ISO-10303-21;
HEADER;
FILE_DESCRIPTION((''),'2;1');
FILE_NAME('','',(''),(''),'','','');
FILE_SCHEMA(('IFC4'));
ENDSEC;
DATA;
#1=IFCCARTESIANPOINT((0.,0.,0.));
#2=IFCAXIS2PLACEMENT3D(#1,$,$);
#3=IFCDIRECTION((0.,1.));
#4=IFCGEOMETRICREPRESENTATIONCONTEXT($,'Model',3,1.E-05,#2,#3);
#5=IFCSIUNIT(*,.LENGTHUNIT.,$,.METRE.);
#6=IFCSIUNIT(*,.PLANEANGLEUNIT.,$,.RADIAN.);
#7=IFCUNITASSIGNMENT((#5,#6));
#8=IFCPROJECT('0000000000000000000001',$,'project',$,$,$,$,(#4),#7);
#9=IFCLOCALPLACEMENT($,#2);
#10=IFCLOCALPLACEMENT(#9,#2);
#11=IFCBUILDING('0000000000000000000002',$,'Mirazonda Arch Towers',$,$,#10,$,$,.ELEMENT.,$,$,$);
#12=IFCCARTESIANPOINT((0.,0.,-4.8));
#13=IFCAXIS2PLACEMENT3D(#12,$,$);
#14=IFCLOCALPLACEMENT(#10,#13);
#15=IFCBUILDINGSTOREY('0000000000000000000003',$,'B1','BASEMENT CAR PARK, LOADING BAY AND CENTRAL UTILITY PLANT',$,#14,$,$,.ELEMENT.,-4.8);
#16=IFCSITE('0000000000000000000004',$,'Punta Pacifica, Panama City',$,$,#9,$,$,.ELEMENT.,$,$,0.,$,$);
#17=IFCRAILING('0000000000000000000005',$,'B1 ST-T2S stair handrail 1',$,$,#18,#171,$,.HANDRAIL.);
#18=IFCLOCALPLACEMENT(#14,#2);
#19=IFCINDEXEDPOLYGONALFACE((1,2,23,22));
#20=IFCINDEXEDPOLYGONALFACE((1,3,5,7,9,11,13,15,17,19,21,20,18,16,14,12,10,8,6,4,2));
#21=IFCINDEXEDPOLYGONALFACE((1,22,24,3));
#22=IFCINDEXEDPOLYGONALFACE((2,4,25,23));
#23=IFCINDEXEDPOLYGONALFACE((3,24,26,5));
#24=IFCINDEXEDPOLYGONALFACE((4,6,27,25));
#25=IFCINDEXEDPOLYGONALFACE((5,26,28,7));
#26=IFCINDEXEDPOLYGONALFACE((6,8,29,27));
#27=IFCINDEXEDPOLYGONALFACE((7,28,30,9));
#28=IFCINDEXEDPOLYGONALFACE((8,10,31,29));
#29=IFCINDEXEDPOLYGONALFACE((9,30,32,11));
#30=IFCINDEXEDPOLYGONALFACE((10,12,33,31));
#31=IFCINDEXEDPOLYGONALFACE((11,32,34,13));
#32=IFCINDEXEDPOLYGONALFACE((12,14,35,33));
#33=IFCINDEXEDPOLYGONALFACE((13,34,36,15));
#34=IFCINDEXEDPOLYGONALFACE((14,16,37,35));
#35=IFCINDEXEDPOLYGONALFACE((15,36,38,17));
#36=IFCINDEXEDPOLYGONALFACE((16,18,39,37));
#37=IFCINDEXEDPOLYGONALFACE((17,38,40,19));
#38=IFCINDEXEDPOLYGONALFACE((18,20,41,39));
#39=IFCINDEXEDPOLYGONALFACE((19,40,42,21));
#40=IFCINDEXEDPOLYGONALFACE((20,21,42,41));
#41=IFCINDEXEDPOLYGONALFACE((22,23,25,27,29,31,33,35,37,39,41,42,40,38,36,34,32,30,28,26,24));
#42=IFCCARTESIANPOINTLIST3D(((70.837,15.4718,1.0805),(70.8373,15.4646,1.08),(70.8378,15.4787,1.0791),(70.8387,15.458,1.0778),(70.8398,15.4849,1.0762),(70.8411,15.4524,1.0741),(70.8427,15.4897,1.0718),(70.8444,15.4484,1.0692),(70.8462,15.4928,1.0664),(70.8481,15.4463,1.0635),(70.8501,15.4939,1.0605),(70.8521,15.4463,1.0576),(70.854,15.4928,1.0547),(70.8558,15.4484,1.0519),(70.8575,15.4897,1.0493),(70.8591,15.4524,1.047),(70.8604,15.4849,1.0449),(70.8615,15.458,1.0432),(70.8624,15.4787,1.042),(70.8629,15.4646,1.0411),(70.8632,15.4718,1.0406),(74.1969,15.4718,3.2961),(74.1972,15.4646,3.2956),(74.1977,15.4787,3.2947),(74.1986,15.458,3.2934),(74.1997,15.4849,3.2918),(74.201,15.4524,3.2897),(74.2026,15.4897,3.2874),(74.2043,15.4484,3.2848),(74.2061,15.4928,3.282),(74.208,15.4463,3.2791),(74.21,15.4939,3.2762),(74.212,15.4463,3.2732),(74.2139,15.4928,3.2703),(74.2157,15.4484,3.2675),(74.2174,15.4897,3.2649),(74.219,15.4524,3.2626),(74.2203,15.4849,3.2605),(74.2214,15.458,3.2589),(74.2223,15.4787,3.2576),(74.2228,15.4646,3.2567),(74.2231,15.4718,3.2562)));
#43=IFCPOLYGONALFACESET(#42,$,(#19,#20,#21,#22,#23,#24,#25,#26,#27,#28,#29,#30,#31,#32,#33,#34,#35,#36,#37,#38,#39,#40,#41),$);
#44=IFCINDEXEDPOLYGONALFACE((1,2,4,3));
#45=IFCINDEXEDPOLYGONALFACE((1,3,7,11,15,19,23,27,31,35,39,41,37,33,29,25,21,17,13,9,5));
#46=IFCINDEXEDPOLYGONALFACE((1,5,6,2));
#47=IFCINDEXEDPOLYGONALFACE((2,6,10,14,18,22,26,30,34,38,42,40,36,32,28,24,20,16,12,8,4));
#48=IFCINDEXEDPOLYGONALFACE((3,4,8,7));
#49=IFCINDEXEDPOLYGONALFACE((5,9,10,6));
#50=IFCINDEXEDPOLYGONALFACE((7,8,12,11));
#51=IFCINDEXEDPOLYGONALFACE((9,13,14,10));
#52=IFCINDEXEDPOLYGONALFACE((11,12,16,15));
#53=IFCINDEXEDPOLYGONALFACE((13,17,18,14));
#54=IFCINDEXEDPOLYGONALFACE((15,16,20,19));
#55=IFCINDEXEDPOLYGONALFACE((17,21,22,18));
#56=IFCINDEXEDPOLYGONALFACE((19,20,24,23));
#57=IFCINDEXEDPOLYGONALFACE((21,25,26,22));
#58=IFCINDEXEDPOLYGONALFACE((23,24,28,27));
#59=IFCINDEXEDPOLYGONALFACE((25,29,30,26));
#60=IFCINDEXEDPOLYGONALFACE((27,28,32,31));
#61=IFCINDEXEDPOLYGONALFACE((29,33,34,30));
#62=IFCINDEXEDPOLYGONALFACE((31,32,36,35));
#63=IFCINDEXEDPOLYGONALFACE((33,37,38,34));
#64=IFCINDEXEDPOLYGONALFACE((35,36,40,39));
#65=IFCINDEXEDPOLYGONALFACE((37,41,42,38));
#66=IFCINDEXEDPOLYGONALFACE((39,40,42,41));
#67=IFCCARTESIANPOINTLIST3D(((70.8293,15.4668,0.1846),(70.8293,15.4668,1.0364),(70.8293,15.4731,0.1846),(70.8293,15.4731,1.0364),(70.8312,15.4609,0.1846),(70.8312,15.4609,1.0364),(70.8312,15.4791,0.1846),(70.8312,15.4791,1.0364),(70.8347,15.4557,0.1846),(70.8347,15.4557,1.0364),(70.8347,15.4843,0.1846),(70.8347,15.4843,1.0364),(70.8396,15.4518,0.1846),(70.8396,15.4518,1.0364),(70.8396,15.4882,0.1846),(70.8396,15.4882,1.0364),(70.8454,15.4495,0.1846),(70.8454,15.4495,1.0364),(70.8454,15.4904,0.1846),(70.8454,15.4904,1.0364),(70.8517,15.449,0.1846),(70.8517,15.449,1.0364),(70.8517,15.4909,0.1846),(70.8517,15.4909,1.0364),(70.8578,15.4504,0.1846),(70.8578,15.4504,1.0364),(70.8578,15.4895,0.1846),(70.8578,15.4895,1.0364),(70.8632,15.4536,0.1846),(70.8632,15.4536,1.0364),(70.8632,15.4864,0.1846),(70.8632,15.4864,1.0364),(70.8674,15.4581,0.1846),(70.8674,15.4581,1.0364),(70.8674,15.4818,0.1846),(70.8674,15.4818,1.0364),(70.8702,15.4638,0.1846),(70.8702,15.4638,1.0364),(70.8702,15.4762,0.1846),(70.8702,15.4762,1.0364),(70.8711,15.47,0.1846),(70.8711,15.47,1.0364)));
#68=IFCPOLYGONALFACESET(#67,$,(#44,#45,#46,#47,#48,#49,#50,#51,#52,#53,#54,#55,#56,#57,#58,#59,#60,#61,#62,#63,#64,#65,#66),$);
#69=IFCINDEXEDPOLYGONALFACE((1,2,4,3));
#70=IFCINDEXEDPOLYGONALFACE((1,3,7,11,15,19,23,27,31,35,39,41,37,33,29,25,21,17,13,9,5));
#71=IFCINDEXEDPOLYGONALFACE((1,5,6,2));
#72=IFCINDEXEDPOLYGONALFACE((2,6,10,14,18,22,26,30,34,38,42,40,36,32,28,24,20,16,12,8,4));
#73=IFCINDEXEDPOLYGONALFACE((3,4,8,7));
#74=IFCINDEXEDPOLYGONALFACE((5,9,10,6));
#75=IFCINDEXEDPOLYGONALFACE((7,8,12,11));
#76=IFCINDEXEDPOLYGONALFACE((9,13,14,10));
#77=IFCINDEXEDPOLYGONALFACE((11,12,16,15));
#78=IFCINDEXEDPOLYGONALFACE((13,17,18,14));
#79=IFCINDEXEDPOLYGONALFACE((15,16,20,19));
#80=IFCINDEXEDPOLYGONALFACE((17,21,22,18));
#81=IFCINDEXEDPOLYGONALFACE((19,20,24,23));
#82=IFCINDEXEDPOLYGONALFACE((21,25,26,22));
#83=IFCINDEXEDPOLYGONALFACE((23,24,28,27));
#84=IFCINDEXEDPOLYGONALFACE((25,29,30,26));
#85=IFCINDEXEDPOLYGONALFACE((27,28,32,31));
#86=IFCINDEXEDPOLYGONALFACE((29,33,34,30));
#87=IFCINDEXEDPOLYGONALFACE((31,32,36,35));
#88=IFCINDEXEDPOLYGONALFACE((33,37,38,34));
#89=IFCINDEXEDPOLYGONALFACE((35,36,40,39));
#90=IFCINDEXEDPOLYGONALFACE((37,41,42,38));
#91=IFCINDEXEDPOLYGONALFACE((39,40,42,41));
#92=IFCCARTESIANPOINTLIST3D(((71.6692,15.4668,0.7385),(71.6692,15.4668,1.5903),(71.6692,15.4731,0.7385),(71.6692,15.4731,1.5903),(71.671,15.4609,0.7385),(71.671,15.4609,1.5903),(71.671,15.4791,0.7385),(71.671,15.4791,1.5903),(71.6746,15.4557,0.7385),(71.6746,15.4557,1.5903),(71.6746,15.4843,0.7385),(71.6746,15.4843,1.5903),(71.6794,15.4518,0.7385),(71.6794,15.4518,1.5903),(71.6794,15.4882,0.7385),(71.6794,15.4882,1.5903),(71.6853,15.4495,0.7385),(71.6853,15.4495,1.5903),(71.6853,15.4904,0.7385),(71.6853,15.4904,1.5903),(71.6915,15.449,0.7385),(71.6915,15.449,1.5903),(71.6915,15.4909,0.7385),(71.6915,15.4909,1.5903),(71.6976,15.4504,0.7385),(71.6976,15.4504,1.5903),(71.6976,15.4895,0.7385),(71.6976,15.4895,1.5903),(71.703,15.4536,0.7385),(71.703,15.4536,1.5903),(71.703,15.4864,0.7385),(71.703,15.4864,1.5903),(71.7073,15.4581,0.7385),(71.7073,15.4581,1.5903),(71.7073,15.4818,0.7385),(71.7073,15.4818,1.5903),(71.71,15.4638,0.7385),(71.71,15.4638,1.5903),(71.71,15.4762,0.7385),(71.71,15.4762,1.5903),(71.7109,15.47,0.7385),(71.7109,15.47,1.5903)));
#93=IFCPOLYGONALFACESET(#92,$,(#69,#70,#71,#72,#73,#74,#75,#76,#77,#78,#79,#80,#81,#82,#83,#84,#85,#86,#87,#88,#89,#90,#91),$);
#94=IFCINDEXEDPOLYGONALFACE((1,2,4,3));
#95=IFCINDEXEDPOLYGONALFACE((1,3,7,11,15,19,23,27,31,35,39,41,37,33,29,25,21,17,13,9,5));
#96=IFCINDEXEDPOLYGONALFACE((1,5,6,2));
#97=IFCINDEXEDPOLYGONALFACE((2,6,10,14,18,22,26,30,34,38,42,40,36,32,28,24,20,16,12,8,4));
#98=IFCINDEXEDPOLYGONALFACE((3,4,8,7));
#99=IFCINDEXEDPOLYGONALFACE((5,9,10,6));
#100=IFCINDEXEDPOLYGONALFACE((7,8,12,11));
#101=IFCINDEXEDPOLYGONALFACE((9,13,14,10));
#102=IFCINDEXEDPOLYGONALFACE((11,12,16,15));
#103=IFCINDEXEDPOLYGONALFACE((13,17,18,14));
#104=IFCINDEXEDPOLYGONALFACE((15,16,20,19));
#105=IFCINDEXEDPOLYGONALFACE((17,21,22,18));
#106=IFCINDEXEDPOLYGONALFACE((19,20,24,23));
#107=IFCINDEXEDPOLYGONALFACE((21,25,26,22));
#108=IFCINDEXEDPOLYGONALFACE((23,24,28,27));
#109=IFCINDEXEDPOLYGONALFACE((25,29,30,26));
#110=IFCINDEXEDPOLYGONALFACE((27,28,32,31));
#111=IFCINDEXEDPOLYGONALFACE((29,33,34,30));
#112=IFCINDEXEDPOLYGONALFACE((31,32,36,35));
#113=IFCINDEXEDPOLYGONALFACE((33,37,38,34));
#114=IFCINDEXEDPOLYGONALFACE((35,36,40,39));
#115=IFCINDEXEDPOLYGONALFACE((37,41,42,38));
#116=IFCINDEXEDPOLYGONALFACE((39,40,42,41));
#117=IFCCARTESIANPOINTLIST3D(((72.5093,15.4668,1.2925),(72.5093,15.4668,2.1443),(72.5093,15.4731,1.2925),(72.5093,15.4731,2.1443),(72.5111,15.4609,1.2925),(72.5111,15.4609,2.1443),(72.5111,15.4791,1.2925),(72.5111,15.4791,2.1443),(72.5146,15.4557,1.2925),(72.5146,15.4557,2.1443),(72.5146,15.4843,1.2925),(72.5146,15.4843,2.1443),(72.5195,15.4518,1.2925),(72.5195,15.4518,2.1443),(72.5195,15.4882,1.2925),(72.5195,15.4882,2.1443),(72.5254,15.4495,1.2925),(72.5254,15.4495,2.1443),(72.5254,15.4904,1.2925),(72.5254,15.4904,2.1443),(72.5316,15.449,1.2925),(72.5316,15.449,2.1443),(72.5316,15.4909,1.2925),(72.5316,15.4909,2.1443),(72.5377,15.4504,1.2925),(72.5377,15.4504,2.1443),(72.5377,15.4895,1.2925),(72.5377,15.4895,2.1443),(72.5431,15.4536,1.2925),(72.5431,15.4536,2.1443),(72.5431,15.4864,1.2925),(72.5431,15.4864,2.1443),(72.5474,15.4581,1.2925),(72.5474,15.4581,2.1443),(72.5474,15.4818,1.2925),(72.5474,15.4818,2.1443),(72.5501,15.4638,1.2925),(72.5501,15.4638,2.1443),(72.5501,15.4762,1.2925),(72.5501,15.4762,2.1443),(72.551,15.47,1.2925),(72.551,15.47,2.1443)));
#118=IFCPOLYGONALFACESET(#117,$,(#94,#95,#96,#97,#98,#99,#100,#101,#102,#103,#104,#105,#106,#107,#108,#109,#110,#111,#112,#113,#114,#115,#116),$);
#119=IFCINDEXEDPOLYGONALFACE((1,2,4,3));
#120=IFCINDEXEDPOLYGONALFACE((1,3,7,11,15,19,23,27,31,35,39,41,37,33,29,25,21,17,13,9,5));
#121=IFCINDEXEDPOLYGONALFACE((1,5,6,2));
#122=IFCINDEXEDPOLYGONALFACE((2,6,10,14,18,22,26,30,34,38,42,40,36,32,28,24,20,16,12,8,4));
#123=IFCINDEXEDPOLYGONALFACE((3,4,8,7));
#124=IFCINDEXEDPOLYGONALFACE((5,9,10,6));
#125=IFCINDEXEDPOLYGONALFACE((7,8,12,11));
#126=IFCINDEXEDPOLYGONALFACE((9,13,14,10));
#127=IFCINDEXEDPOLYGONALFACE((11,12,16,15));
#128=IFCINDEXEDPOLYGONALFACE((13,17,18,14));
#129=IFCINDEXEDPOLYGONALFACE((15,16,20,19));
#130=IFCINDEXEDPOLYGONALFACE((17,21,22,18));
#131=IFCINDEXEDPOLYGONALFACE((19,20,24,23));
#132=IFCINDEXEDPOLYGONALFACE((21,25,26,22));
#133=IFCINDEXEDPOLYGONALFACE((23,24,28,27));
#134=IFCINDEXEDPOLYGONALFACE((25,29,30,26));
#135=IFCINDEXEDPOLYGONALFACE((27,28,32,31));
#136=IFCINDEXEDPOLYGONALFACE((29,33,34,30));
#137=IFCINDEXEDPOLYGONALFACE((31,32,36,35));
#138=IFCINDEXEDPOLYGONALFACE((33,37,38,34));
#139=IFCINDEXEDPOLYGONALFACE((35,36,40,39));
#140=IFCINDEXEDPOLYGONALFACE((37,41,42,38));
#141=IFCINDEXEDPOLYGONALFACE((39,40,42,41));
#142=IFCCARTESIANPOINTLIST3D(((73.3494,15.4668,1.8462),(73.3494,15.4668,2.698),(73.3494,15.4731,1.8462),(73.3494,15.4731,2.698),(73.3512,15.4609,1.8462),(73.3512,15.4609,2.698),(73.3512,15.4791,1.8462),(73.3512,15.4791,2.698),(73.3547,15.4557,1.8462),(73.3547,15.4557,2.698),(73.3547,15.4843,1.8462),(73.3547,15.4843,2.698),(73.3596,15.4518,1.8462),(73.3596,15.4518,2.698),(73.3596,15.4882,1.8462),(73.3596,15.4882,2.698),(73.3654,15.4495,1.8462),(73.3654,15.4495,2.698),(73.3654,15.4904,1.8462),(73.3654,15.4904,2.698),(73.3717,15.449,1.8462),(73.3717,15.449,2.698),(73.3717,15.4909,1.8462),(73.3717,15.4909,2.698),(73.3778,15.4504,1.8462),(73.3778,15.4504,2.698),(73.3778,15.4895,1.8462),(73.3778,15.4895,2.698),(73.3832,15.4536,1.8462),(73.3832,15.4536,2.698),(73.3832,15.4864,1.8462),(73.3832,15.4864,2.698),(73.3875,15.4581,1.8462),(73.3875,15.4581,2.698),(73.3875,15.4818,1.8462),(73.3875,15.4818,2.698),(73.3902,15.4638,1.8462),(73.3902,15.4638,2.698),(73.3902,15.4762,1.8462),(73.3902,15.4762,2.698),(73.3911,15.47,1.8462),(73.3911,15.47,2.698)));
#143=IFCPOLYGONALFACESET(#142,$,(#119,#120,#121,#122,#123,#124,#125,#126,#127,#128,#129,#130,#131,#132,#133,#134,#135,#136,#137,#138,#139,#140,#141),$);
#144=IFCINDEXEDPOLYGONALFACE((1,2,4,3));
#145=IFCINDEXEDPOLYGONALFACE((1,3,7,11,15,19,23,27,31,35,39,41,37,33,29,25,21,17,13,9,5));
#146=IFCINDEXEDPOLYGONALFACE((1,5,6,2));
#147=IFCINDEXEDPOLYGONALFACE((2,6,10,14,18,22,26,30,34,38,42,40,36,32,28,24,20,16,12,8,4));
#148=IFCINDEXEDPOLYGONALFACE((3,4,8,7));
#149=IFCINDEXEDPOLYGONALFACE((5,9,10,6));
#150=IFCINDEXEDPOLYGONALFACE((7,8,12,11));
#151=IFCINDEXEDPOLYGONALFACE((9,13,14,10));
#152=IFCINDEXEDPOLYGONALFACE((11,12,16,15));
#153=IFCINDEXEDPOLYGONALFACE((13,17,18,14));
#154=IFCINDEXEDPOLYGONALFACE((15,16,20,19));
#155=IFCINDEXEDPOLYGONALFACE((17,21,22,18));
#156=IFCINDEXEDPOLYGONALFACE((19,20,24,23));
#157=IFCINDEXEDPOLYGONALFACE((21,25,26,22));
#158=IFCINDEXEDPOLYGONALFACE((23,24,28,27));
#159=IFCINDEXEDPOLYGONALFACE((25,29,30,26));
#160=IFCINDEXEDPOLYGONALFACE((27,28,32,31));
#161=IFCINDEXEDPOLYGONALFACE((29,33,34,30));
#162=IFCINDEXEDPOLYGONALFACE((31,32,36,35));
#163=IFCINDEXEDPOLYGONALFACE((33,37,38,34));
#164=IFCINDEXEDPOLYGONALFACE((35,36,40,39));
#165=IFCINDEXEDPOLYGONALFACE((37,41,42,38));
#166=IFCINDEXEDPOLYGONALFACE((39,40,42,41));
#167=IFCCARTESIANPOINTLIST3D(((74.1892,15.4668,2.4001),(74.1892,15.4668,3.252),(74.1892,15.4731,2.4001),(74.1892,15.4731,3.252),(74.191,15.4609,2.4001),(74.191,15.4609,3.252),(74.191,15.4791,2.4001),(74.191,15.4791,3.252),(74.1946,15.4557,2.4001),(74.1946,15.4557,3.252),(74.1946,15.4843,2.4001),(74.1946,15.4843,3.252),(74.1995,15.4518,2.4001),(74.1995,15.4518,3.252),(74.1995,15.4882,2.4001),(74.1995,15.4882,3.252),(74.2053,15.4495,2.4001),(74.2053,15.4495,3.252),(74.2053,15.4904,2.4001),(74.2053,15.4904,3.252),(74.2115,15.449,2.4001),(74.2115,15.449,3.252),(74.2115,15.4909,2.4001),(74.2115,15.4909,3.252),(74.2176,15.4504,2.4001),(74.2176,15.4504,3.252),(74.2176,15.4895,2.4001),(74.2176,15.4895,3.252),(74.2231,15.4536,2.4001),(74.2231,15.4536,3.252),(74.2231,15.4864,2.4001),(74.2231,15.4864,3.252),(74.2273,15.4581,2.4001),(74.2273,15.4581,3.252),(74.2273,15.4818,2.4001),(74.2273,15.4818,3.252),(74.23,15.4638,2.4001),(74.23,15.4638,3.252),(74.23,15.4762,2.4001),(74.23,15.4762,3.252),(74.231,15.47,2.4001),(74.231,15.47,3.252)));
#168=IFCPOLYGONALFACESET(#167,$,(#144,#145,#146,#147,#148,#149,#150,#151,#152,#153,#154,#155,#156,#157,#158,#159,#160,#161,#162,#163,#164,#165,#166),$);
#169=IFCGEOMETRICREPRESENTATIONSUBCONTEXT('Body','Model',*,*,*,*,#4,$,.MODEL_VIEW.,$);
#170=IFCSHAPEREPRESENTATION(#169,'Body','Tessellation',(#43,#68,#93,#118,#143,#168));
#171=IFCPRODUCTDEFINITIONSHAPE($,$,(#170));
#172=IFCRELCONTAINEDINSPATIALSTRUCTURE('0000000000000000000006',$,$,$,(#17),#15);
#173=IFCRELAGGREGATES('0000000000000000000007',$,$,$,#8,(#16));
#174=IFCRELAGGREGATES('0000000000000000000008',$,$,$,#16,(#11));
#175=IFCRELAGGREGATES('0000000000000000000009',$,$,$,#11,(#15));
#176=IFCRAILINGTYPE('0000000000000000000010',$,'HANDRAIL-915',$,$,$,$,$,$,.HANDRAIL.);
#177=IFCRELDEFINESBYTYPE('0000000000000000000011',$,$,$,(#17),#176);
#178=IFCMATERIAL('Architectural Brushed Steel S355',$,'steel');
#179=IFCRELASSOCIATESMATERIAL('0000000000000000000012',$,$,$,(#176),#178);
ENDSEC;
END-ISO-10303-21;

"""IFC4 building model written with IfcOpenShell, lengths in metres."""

from ifc_helpers import new_model, si_unit, direction, frame, origin, origin_2d, place, context, subcontext, project, spatial, circle, extrude, material, type_object, element, save


model = new_model("IFC4")

# Units and contexts
model_context = context("Model", 3, precision=1e-05, world=origin(), true_north=direction((0.0, 1.0)))
body_context = subcontext(model_context, "Body", "Model", "MODEL_VIEW")
ifc_project = project(units=[si_unit("LENGTHUNIT", "METRE"), si_unit("PLANEANGLEUNIT", "RADIAN")], contexts=[model_context])

# Site, building, storey
site_placement = place(None, origin())
site = spatial("IfcSite", under=ifc_project, at=site_placement, Name="Punta Pacifica, Panama City", CompositionType="ELEMENT", RefElevation=0.0)
building_placement = place(site_placement, origin())
building = spatial("IfcBuilding", under=site, at=building_placement, Name="Mirazonda Arch Towers", CompositionType="ELEMENT")
storey_placement = place(building_placement, frame((0.0, 0.0, -4.8)))
storey = spatial("IfcBuildingStorey", under=building, at=storey_placement, Name="B1", Description="BASEMENT CAR PARK, LOADING BAY AND CENTRAL UTILITY PLANT", CompositionType="ELEMENT", Elevation=-4.8)

# Railing
ifc_material_1 = material(Name="Architectural Brushed Steel S355", Category="steel")
railing_type_1 = type_object("IfcRailingType", Name="HANDRAIL-915", PredefinedType="HANDRAIL", material=ifc_material_1)
railing_1_placement = place(storey_placement, frame((70.8501, 15.47, 0.1846)))
element("IfcRailing", 1, at=railing_1_placement, inside=storey, type_object=railing_type_1, Name="B1 ST-T2S stair handrail 1", PredefinedType="HANDRAIL", context=body_context, shape_type="SweptSolid", body=[
    extrude(circle(Radius=0.0239, at=origin_2d()), frame((0.0, 0.0, 0.876), z_axis=(0.83483, 0.0, 0.550508), x_axis=(0.0, 1.0, 0.0)), (0.0, 0.0, 1.0), 4.0247),
    extrude(circle(Radius=0.021, at=origin_2d()), origin(), (0.0, 0.0, 1.0), 0.8518),
    extrude(circle(Radius=0.021, at=origin_2d()), frame((0.8398, 0.0, 0.554)), (0.0, 0.0, 1.0), 0.8518),
    extrude(circle(Radius=0.021, at=origin_2d()), frame((1.6799, 0.0, 1.1079)), (0.0, 0.0, 1.0), 0.8518),
    extrude(circle(Radius=0.021, at=origin_2d()), frame((2.52, 0.0, 1.6616)), (0.0, 0.0, 1.0), 0.8518),
    extrude(circle(Radius=0.021, at=origin_2d()), frame((3.3599, 0.0, 2.2156)), (0.0, 0.0, 1.0), 0.8518),
])

save(model, "model.ifc")
